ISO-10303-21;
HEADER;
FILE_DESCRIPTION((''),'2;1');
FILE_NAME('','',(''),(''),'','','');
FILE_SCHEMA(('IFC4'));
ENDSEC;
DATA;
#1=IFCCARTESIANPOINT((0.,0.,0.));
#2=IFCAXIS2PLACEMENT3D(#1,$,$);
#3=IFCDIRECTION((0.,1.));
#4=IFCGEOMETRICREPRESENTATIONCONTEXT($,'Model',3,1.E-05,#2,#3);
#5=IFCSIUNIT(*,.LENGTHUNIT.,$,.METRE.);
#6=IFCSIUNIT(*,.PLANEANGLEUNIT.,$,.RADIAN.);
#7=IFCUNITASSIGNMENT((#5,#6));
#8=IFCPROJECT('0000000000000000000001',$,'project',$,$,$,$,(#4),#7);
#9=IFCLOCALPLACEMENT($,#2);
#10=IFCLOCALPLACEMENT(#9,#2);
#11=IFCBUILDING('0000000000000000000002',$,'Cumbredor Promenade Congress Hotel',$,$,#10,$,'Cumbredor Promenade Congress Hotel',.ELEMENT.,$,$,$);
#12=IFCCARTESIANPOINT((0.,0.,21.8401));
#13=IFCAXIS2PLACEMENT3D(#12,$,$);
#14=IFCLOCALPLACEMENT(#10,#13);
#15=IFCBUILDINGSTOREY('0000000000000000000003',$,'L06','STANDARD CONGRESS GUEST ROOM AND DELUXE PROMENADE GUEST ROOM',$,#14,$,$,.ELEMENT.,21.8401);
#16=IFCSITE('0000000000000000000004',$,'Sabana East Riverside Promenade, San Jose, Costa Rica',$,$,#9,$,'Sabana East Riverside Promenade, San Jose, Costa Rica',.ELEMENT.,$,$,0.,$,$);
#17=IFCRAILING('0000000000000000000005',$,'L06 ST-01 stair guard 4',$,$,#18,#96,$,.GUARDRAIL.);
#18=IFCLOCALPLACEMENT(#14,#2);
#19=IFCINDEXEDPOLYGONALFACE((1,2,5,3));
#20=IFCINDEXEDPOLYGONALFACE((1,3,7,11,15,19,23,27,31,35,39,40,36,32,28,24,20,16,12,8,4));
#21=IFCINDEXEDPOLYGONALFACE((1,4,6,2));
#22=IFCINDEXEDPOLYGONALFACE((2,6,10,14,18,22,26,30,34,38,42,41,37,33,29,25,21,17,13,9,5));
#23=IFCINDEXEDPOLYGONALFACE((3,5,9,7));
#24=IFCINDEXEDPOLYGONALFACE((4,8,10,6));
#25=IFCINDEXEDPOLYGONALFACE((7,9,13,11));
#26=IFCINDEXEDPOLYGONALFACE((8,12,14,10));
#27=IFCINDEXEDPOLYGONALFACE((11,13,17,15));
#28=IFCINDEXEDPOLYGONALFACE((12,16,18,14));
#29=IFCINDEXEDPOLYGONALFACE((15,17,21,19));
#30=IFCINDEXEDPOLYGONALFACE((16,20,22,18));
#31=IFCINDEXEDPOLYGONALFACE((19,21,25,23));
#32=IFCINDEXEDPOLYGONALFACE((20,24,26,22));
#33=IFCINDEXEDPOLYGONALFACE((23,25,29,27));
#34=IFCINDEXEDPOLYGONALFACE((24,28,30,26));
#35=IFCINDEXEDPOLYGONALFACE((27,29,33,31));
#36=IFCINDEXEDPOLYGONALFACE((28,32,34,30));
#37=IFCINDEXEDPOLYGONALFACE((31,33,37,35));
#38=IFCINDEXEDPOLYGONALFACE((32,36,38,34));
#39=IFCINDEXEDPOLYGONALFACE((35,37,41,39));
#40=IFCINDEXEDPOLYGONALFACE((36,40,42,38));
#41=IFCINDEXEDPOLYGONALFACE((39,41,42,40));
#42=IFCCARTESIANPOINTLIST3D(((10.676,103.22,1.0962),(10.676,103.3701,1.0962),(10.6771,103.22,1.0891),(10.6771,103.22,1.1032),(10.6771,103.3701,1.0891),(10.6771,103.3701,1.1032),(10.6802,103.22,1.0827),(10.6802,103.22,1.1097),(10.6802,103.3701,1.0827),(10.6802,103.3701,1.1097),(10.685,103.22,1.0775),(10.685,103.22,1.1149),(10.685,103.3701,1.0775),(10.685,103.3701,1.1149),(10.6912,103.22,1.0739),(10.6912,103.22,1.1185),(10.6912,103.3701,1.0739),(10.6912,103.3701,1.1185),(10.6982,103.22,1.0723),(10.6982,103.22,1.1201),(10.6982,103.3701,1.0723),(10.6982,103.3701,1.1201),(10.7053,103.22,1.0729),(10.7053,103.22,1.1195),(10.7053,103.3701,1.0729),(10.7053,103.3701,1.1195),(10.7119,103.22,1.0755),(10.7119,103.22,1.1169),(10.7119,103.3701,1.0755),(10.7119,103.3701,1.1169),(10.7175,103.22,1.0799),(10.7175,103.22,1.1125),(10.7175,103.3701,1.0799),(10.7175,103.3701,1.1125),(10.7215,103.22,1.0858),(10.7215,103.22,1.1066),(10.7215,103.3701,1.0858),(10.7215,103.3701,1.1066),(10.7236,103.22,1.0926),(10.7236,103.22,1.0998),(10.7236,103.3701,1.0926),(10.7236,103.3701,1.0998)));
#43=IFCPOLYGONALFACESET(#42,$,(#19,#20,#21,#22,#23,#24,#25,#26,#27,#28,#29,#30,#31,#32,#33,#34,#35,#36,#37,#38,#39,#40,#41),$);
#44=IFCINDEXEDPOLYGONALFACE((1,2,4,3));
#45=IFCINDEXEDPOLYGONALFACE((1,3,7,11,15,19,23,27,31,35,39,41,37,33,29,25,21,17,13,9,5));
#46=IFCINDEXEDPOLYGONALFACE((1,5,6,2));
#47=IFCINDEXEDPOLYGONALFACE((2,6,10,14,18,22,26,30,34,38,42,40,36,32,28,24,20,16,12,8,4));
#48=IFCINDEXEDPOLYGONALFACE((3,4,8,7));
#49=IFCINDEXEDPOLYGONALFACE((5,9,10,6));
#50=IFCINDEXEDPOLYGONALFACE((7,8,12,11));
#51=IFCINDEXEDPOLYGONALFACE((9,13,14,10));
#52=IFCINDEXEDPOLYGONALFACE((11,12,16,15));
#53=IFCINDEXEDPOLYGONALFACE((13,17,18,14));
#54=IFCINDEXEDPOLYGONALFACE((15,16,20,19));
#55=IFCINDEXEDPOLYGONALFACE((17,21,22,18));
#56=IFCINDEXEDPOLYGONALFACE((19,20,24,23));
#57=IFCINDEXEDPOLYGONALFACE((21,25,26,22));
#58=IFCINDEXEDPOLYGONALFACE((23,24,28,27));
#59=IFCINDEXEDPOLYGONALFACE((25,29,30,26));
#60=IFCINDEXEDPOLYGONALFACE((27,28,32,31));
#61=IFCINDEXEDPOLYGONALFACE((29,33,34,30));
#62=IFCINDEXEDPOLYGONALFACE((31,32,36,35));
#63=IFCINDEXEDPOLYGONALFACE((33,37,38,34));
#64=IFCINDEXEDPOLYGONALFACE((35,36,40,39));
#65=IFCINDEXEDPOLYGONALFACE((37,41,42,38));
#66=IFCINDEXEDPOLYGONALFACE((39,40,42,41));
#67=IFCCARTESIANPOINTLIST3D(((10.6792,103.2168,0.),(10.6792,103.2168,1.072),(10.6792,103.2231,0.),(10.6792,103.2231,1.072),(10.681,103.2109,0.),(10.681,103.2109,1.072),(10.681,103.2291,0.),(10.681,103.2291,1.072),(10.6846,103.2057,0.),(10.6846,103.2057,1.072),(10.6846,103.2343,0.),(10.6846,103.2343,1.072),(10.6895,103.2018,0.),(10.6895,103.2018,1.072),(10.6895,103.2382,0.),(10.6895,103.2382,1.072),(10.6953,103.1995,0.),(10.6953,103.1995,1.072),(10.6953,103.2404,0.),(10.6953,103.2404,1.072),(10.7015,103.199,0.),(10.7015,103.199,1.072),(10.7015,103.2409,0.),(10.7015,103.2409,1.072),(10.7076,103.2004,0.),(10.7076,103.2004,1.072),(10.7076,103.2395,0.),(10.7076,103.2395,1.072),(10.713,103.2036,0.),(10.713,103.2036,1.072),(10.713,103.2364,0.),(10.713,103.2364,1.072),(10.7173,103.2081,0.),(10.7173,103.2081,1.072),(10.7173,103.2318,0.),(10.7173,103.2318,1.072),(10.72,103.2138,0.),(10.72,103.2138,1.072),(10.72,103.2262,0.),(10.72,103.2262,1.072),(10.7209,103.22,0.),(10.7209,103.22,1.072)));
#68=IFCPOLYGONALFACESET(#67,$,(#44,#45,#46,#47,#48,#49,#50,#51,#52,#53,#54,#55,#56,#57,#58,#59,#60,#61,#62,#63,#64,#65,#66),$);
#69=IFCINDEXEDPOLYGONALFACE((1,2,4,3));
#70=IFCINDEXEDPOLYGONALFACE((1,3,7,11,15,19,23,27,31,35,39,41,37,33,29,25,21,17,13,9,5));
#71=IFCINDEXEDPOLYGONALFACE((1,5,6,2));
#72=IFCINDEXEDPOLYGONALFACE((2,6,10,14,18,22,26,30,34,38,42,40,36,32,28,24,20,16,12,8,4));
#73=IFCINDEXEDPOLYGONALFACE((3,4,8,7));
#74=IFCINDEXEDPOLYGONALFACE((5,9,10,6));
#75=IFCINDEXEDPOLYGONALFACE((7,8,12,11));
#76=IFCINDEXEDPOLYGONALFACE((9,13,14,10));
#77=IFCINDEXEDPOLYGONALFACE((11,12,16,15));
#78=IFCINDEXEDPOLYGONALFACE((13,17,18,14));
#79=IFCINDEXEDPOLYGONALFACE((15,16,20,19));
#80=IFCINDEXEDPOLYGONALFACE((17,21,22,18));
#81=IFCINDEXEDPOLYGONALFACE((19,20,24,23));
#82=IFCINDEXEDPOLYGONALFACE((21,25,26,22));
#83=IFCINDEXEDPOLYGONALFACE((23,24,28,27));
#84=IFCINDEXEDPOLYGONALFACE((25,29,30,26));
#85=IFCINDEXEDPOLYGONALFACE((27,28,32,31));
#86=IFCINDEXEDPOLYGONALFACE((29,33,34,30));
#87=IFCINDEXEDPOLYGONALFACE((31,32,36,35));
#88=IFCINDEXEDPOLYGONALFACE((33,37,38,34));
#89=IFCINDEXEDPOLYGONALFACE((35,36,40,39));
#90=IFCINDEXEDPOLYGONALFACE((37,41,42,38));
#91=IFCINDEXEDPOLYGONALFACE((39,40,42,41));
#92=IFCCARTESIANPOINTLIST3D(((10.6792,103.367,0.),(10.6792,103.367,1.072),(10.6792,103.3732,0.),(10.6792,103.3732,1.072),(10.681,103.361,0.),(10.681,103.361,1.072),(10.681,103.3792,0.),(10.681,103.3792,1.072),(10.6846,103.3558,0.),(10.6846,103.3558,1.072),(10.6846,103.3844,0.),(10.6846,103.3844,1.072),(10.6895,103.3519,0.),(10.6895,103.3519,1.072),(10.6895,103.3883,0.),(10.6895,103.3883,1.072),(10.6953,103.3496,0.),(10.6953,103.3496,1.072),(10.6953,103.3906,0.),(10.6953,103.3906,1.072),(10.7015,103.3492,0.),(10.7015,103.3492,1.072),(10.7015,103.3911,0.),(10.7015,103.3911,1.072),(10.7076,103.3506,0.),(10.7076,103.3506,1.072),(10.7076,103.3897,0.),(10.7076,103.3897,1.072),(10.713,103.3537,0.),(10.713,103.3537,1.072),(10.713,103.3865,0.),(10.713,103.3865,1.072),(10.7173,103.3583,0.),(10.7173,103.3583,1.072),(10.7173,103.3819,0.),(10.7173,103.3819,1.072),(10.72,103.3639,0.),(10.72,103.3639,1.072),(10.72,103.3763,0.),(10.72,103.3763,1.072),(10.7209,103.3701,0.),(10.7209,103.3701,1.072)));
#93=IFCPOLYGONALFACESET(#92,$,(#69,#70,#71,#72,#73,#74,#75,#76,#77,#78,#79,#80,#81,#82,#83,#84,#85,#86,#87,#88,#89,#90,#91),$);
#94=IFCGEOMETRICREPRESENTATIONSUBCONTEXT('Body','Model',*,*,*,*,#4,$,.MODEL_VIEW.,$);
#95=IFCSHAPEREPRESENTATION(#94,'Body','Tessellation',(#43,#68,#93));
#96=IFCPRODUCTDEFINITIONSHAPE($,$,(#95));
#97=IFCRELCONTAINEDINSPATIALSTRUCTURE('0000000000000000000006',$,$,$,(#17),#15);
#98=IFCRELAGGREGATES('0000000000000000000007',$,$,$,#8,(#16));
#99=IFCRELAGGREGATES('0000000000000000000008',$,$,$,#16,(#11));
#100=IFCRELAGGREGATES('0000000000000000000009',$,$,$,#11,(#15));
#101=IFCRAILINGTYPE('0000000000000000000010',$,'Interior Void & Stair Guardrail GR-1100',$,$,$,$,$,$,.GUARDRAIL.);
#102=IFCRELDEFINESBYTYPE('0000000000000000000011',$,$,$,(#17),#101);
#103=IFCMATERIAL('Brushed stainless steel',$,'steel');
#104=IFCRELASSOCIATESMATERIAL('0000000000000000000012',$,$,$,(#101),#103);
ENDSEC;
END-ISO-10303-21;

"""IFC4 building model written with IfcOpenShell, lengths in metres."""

from ifc_helpers import new_model, si_unit, direction, frame, origin, origin_2d, place, context, subcontext, project, spatial, circle, extrude, material, type_object, element, save


model = new_model("IFC4")

# Units and contexts
model_context = context("Model", 3, precision=1e-05, world=origin(), true_north=direction((0.0, 1.0)))
body_context = subcontext(model_context, "Body", "Model", "MODEL_VIEW")
ifc_project = project(units=[si_unit("LENGTHUNIT", "METRE"), si_unit("PLANEANGLEUNIT", "RADIAN")], contexts=[model_context])

# Site, building, storey
site_placement = place(None, origin())
site = spatial("IfcSite", under=ifc_project, at=site_placement, Name="Sabana East Riverside Promenade, San Jose, Costa Rica", LongName="Sabana East Riverside Promenade, San Jose, Costa Rica", CompositionType="ELEMENT", RefElevation=0.0)
building_placement = place(site_placement, origin())
building = spatial("IfcBuilding", under=site, at=building_placement, Name="Cumbredor Promenade Congress Hotel", LongName="Cumbredor Promenade Congress Hotel", CompositionType="ELEMENT")
storey_placement = place(building_placement, frame((0.0, 0.0, 21.8401)))
storey = spatial("IfcBuildingStorey", under=building, at=storey_placement, Name="L06", Description="STANDARD CONGRESS GUEST ROOM AND DELUXE PROMENADE GUEST ROOM", CompositionType="ELEMENT", Elevation=21.8401)

# Railing
ifc_material_1 = material(Name="Brushed stainless steel", Category="steel")
railing_type_1 = type_object("IfcRailingType", Name="Interior Void & Stair Guardrail GR-1100", PredefinedType="GUARDRAIL", material=ifc_material_1)
railing_1_placement = place(storey_placement, frame((10.7, 103.22, 0.0)))
element("IfcRailing", 1, at=railing_1_placement, inside=storey, type_object=railing_type_1, Name="L06 ST-01 stair guard 4", PredefinedType="GUARDRAIL", context=body_context, shape_type="SweptSolid", body=[
    extrude(circle(Radius=0.0239, at=origin_2d()), frame((0.0, 0.0, 1.0962), z_axis=(0.0, 1.0, 0.0), x_axis=(-1.0, 0.0, 0.0)), (0.0, 0.0, 1.0), 0.1501),
    extrude(circle(Radius=0.021, at=origin_2d()), origin(), (0.0, 0.0, 1.0), 1.072),
    extrude(circle(Radius=0.021, at=origin_2d()), frame((0.0, 0.1501, 0.0)), (0.0, 0.0, 1.0), 1.072),
])

save(model, "model.ifc")
